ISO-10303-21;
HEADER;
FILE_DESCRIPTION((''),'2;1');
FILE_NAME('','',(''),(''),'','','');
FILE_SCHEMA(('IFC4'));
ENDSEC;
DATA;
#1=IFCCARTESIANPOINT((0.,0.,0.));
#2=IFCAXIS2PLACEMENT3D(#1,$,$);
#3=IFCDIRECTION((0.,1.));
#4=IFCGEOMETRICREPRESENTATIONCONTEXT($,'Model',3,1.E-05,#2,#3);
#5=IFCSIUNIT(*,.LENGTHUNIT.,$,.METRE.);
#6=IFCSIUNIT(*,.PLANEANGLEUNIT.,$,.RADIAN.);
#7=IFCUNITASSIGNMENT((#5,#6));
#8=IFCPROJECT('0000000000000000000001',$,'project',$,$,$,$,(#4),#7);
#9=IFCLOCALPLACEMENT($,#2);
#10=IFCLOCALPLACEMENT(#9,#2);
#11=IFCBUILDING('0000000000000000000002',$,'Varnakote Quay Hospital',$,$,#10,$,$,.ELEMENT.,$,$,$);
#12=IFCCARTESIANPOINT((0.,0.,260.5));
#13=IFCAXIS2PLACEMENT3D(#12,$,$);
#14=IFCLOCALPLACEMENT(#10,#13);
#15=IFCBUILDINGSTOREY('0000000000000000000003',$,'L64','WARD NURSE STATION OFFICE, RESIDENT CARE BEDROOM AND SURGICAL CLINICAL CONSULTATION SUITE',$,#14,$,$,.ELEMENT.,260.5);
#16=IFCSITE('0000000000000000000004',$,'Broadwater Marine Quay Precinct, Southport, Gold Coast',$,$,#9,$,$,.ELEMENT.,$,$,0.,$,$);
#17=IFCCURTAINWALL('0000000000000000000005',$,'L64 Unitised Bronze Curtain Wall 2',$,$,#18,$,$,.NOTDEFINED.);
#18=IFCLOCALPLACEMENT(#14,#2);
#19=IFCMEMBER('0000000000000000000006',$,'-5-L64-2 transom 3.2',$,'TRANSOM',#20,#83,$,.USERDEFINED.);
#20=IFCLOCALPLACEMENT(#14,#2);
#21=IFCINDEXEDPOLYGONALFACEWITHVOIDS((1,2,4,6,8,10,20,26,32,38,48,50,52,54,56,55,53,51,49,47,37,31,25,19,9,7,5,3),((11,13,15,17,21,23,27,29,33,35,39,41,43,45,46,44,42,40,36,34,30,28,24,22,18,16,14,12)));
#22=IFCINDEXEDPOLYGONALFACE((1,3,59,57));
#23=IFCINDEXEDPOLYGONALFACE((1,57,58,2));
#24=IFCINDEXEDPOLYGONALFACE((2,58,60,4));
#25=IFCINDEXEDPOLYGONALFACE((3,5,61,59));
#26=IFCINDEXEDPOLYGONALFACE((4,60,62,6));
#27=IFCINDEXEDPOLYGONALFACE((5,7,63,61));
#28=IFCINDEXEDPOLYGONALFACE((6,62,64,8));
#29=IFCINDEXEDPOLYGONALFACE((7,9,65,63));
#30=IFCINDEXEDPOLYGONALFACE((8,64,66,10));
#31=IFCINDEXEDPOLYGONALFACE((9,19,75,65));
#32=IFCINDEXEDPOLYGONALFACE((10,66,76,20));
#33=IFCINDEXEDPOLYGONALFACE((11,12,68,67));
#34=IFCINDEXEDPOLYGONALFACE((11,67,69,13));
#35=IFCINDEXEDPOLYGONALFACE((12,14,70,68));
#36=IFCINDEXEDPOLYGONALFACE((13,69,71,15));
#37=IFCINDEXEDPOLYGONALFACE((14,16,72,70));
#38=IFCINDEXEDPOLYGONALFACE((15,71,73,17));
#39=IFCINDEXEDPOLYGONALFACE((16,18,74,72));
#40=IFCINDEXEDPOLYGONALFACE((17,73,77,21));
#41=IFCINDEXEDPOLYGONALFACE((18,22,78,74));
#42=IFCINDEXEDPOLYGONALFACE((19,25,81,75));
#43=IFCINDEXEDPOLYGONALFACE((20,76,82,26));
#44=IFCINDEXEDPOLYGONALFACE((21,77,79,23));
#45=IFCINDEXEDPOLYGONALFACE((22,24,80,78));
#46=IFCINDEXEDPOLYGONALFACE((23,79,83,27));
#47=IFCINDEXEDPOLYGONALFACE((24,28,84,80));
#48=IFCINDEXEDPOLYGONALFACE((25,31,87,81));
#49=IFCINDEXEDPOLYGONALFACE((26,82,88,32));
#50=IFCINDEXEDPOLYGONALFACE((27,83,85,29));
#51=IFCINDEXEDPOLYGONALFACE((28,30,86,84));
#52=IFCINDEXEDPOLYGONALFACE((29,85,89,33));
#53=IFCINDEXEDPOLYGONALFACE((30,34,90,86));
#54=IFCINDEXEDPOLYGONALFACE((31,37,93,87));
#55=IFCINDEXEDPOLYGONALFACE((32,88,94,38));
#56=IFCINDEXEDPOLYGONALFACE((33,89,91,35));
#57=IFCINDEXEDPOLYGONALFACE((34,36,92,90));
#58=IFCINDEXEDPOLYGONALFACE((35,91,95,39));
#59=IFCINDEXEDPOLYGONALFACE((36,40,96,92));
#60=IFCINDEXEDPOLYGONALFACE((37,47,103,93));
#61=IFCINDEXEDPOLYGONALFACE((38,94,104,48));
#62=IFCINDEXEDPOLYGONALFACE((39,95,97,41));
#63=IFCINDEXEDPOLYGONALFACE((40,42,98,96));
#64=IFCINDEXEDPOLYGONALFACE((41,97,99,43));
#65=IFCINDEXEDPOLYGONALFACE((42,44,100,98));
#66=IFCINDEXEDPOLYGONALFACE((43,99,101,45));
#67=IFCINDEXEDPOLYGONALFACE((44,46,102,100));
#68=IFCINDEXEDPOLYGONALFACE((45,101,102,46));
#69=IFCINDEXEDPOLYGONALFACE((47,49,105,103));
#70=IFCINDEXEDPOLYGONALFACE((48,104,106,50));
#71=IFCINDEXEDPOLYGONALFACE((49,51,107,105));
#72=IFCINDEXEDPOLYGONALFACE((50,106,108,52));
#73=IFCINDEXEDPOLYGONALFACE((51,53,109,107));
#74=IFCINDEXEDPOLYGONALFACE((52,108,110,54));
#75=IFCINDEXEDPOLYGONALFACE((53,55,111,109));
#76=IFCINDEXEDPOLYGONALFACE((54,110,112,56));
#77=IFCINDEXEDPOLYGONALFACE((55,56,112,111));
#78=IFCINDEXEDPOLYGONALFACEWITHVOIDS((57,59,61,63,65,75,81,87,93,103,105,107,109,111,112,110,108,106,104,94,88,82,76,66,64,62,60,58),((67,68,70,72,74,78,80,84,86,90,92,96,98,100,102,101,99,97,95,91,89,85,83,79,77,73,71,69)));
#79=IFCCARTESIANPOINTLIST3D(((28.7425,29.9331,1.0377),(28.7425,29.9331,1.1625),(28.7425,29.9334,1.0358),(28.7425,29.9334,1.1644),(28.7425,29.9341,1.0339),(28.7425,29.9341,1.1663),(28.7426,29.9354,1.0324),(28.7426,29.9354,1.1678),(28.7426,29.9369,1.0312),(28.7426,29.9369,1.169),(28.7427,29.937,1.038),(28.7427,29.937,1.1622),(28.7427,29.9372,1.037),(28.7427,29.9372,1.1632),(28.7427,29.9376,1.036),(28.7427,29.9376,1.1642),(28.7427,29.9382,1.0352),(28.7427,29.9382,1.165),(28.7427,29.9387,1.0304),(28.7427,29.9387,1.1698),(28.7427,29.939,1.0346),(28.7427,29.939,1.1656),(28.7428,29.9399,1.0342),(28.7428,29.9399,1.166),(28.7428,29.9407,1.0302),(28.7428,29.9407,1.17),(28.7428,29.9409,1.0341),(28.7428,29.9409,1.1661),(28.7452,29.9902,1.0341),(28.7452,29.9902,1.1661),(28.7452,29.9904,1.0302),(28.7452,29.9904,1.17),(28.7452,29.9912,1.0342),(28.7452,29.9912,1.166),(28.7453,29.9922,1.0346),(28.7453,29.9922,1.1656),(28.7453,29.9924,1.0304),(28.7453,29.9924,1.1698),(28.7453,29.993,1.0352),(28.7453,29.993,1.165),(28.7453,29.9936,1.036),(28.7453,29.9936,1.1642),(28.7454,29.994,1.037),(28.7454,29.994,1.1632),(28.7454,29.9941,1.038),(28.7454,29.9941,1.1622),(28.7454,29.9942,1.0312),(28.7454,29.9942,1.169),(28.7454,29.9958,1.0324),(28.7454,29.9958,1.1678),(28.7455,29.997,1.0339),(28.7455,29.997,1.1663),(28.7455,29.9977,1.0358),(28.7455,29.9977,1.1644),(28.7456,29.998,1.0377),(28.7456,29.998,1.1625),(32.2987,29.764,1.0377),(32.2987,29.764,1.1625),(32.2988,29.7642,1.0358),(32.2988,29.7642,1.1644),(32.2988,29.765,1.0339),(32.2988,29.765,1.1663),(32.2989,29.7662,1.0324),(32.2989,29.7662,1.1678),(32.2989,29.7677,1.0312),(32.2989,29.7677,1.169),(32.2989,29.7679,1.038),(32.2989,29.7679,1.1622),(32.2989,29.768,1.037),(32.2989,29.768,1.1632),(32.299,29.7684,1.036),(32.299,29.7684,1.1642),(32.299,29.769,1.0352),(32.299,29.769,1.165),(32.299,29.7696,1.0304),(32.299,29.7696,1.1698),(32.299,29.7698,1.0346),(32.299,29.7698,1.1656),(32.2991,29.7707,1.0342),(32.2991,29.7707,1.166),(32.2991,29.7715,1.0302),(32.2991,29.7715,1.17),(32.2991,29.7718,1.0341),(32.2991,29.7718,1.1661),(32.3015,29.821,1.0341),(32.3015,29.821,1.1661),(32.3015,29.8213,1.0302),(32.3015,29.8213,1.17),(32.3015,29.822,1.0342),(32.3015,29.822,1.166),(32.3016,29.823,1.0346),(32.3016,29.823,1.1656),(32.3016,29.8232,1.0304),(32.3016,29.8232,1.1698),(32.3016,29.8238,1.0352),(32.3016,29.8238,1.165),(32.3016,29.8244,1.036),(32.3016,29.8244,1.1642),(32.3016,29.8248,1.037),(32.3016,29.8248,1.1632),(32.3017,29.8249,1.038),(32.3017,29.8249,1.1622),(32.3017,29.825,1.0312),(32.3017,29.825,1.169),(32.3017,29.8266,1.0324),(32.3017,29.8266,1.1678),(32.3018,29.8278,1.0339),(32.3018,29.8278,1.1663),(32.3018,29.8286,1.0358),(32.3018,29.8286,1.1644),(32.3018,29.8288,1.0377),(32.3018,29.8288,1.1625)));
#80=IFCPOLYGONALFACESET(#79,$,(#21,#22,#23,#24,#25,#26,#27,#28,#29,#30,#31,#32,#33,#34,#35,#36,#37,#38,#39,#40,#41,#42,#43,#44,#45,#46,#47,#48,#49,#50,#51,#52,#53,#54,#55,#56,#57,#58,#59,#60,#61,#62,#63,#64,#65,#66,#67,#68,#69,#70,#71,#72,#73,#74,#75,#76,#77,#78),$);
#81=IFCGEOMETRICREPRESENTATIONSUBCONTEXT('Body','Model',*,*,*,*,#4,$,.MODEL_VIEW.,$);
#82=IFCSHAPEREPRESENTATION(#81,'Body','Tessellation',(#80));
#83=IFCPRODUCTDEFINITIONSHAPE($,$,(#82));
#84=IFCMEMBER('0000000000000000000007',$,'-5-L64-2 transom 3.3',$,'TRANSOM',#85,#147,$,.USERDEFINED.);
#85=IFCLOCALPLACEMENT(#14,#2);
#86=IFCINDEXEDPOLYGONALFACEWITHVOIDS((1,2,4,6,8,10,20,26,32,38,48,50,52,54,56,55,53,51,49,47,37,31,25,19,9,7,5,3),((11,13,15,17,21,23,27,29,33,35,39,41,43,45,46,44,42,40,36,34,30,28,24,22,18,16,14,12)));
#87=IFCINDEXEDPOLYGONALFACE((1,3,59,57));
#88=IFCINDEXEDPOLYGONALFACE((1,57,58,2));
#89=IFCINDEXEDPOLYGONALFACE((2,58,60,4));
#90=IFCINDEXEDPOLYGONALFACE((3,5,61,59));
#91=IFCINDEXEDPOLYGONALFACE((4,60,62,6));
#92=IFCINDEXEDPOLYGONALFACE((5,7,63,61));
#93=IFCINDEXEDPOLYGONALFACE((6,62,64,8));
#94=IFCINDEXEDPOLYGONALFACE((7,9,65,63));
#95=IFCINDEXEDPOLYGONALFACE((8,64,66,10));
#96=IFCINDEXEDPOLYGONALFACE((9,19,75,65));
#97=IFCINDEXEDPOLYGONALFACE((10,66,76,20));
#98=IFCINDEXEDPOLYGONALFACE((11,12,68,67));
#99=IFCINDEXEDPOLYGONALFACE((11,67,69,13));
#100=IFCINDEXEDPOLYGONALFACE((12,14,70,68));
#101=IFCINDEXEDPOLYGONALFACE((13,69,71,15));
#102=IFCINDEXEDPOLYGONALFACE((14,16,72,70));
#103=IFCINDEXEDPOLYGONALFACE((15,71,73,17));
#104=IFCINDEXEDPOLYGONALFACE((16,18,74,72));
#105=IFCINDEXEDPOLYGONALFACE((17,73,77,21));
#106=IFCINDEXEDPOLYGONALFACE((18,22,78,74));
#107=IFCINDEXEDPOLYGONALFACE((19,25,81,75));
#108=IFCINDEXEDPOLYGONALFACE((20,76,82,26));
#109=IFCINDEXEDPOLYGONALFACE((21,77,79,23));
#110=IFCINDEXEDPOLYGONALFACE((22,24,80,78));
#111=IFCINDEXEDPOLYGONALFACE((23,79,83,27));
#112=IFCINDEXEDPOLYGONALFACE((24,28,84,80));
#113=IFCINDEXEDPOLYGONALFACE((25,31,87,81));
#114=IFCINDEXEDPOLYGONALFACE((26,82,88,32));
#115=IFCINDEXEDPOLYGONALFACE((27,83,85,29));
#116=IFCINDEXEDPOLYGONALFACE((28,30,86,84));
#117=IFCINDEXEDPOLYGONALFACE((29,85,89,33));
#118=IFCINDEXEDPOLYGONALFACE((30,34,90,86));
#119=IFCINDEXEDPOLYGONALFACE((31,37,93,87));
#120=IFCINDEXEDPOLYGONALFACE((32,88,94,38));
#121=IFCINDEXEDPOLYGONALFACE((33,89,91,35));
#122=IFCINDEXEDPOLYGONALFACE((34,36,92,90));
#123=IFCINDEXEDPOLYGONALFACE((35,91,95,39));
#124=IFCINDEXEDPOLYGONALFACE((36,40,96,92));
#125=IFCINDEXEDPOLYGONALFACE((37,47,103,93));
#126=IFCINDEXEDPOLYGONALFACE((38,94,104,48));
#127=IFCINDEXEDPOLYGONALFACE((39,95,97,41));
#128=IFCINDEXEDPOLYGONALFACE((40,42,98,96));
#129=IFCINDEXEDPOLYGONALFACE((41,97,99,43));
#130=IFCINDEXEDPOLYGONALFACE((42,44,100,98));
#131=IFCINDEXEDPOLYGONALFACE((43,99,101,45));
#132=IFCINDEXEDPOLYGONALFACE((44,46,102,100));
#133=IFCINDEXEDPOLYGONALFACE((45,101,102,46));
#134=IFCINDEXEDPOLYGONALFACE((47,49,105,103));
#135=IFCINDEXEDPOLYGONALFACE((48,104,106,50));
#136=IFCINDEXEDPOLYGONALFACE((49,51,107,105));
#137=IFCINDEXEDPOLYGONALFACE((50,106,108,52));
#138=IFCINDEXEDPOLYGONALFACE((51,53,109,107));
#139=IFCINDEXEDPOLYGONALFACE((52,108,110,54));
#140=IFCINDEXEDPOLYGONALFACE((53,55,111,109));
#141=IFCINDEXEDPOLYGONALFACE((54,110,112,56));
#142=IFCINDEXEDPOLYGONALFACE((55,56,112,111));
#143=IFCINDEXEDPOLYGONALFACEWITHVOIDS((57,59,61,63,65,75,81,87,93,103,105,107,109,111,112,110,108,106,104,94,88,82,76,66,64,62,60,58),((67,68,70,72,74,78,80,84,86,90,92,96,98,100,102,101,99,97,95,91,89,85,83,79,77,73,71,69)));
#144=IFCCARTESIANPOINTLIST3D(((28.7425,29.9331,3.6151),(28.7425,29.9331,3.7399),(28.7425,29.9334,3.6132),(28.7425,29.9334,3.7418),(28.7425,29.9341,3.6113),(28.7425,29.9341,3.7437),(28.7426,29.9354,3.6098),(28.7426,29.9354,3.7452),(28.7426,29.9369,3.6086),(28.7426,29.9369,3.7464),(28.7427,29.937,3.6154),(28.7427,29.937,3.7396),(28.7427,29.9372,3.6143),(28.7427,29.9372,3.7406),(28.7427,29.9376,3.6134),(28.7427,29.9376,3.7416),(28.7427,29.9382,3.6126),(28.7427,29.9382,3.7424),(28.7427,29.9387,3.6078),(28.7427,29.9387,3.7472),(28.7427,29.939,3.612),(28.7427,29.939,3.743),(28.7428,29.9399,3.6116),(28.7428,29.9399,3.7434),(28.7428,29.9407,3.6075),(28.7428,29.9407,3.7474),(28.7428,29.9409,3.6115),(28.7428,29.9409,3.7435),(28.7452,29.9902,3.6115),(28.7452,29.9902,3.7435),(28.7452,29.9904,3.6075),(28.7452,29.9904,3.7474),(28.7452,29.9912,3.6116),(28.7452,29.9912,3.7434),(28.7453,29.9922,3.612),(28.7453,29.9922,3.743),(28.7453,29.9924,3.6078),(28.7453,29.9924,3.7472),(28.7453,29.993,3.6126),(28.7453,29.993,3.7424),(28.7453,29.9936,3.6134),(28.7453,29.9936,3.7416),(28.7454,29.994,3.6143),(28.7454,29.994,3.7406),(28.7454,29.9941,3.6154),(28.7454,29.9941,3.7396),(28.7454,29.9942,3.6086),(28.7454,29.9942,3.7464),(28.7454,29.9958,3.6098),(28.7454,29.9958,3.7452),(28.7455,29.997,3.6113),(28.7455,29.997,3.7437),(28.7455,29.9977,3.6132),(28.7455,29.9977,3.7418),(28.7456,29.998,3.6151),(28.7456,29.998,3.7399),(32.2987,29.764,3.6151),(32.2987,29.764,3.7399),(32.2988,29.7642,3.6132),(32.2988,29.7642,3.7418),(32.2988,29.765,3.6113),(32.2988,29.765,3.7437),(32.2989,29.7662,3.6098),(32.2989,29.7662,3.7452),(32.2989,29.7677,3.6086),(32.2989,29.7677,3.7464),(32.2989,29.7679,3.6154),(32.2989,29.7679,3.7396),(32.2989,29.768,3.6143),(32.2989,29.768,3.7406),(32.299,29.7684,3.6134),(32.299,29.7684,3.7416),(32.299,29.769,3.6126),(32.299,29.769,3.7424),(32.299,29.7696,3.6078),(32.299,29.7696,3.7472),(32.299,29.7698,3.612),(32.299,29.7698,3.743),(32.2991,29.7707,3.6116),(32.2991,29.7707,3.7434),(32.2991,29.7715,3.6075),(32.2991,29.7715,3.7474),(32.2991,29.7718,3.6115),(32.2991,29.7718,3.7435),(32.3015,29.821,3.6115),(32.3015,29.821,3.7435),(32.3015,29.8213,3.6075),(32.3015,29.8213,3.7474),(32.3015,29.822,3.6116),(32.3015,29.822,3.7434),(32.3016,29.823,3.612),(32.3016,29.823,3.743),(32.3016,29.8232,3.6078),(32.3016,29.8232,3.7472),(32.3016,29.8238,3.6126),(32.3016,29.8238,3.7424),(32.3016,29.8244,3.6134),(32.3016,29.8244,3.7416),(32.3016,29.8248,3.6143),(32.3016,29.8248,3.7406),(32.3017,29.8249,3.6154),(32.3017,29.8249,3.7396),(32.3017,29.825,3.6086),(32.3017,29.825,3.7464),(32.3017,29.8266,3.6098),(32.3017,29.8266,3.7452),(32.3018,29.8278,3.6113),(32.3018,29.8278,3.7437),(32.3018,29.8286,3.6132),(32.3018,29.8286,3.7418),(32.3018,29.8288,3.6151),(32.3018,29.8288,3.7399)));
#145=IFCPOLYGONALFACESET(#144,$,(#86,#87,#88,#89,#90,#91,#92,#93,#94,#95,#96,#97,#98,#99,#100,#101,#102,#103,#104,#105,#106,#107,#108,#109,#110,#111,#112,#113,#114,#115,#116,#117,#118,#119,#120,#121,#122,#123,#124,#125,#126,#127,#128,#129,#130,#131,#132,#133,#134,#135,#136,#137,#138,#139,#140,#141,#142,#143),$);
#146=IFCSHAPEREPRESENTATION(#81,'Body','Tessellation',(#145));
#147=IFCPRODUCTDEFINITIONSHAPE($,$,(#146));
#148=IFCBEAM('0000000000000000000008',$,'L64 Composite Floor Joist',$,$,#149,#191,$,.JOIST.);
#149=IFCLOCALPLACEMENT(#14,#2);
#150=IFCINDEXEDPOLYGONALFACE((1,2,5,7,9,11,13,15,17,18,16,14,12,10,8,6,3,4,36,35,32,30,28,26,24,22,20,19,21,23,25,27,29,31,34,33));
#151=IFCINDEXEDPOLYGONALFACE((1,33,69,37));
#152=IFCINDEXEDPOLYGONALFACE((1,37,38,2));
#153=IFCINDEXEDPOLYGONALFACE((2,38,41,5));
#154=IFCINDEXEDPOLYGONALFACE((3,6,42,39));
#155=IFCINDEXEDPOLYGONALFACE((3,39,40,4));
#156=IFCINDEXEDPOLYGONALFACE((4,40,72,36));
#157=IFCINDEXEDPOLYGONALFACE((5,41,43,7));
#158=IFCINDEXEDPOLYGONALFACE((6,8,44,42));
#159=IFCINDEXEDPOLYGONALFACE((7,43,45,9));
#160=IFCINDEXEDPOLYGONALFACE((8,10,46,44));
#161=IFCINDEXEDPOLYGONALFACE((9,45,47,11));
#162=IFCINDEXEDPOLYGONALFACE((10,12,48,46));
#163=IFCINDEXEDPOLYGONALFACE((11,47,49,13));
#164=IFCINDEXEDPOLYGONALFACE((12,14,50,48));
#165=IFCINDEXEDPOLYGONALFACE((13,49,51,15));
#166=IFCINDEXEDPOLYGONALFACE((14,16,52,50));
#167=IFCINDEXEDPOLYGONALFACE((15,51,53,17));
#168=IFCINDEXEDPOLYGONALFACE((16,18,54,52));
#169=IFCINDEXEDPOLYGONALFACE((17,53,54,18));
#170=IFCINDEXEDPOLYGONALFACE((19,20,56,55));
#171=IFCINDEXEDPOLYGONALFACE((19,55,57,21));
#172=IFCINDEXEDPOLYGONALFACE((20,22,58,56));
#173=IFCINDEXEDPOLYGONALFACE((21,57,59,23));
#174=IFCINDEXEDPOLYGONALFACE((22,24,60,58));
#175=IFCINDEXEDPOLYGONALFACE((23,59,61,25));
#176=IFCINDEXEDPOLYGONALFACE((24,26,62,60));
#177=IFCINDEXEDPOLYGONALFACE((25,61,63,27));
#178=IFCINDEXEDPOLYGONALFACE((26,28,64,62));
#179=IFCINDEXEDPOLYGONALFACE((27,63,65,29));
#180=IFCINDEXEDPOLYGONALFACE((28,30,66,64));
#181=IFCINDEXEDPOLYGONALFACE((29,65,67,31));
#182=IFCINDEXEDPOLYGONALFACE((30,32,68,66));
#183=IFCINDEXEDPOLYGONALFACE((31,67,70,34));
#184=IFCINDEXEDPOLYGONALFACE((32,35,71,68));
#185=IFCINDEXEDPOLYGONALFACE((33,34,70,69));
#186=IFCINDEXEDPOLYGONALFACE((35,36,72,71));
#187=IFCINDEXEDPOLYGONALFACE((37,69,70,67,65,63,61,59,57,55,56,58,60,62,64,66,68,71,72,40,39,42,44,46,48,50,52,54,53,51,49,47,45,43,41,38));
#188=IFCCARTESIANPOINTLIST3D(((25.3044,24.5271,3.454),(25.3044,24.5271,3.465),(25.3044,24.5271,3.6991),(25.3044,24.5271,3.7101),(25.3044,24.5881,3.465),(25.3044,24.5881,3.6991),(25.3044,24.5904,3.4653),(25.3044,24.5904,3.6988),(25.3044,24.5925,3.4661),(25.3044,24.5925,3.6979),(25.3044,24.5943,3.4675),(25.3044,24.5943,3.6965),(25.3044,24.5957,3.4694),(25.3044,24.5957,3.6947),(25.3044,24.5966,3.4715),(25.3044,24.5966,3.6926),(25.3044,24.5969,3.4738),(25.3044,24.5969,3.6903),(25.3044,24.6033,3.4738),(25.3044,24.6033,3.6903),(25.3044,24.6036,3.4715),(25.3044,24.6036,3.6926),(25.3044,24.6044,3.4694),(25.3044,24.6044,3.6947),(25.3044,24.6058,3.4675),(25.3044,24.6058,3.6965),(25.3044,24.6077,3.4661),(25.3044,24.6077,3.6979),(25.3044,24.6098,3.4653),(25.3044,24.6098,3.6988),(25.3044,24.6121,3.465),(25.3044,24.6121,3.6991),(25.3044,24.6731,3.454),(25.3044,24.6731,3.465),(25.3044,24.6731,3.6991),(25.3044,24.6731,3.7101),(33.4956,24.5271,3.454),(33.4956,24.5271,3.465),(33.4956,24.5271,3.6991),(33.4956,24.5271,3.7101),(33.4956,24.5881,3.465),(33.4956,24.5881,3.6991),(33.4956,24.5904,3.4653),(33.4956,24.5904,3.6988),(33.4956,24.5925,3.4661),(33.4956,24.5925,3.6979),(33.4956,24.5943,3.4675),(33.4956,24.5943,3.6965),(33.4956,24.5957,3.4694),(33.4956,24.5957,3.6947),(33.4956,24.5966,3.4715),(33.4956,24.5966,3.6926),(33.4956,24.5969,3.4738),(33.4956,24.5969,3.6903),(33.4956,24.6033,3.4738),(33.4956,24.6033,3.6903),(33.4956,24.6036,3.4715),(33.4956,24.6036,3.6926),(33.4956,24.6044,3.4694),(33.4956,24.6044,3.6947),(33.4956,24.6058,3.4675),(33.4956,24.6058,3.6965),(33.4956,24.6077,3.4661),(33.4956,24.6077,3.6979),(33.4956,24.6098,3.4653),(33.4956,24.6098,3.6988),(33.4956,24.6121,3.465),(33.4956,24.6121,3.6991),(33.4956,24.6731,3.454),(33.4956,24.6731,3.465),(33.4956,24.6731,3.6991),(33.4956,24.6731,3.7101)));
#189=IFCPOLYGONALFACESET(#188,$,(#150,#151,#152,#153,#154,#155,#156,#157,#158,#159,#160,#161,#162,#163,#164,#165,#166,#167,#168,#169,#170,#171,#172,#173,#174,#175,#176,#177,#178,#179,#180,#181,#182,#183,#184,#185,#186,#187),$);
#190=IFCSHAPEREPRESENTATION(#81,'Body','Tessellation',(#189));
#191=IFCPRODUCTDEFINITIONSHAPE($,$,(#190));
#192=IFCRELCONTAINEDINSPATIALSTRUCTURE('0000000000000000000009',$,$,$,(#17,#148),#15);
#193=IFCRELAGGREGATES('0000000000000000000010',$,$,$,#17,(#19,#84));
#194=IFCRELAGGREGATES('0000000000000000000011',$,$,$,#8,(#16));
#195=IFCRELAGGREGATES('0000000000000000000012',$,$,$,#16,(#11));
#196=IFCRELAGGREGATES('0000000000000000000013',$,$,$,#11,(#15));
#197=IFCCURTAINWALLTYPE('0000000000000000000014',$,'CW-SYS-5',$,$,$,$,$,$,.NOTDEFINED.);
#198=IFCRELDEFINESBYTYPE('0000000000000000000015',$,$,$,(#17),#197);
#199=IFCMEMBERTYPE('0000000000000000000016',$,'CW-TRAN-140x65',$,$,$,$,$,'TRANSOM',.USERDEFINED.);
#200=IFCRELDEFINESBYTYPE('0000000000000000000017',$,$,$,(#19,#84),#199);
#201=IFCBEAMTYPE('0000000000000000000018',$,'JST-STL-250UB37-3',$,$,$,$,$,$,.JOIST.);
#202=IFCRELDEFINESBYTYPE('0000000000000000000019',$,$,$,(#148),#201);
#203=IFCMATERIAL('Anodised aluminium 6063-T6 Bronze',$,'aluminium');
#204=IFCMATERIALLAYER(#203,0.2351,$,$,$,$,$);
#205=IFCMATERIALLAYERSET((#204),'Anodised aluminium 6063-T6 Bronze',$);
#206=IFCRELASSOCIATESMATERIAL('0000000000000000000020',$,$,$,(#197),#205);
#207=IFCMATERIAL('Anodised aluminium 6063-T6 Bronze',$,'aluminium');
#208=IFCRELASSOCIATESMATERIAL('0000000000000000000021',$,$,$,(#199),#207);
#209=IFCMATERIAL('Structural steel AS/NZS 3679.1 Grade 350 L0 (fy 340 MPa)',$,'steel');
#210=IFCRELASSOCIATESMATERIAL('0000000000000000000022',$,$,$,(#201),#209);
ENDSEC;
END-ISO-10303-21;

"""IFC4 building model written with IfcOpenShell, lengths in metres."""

from ifc_helpers import new_model, si_unit, direction, frame, origin, origin_2d, place, context, subcontext, project, spatial, hollow_rectangle, i_section, extrude, material, layer, layer_set, material_profile, profile_set, type_object, element, aggregate, save


model = new_model("IFC4")

# Units and contexts
model_context = context("Model", 3, precision=1e-05, world=origin(), true_north=direction((0.0, 1.0)))
body_context = subcontext(model_context, "Body", "Model", "MODEL_VIEW")
ifc_project = project(units=[si_unit("LENGTHUNIT", "METRE"), si_unit("PLANEANGLEUNIT", "RADIAN")], contexts=[model_context])

# Site, building, storey
site_placement = place(None, origin())
site = spatial("IfcSite", under=ifc_project, at=site_placement, Name="Broadwater Marine Quay Precinct, Southport, Gold Coast", CompositionType="ELEMENT", RefElevation=0.0)
building_placement = place(site_placement, origin())
building = spatial("IfcBuilding", under=site, at=building_placement, Name="Varnakote Quay Hospital", CompositionType="ELEMENT")
storey_placement = place(building_placement, frame((0.0, 0.0, 260.5)))
storey = spatial("IfcBuildingStorey", under=building, at=storey_placement, Name="L64", Description="WARD NURSE STATION OFFICE, RESIDENT CARE BEDROOM AND SURGICAL CLINICAL CONSULTATION SUITE", CompositionType="ELEMENT", Elevation=260.5)

# Curtain wall, members
ifc_material_1 = material(Name="Anodised aluminium 6063-T6 Bronze", Category="aluminium")
ifc_layer_1 = layer(ifc_material_1, 0.2351)
ifc_layer_set_1 = layer_set([ifc_layer_1], Name="Anodised aluminium 6063-T6 Bronze")
curtain_wall_type = type_object("IfcCurtainWallType", Name="CW-SYS-5", PredefinedType="NOTDEFINED", material=ifc_layer_set_1)
curtain_wall_placement = place(storey_placement, origin())
curtain_wall = element("IfcCurtainWall", 1, at=curtain_wall_placement, inside=storey, type_object=curtain_wall_type, Name="L64 Unitised Bronze Curtain Wall 2", PredefinedType="NOTDEFINED")
ifc_material_2 = material(Name="Anodised aluminium 6063-T6 Bronze", Category="aluminium")
ifc_material_profile_1 = material_profile(ifc_material_2, hollow_rectangle(XDim=0.0649, YDim=0.1399, WallThickness=0.0039, InnerFilletRadius=0.0039, OuterFilletRadius=0.0076, at=origin_2d()), Name="CW-TRAN-140x65")
ifc_profile_set_1 = profile_set([ifc_material_profile_1], Name="Anodised aluminium 6063-T6 Bronze")
member_type_1 = type_object("IfcMemberType", Name="CW-TRAN-140x65", ElementType="TRANSOM", PredefinedType="USERDEFINED", material=ifc_profile_set_1)
member_1_placement = place(storey_placement, frame((32.3003, 29.7964, 1.1001), z_axis=(-0.99887, 0.04752, 0.0), x_axis=(-0.04752, -0.99887, 0.0)))
member_1 = element("IfcMember", 2, at=member_1_placement, type_object=member_type_1, Name="-5-L64-2 transom 3.2", ObjectType="TRANSOM", PredefinedType="USERDEFINED", context=body_context, shape_type="SweptSolid", body=[
    extrude(hollow_rectangle(XDim=0.0649, YDim=0.1399, WallThickness=0.0039, InnerFilletRadius=0.0039, OuterFilletRadius=0.0076, at=origin_2d()), origin(), (0.0, 0.0, 1.0), 3.5603),
])
member_2_placement = place(storey_placement, frame((32.3003, 29.7964, 3.6775), z_axis=(-0.99887, 0.04752, 0.0), x_axis=(-0.04752, -0.99887, 0.0)))
member_2 = element("IfcMember", 3, at=member_2_placement, type_object=member_type_1, Name="-5-L64-2 transom 3.3", ObjectType="TRANSOM", PredefinedType="USERDEFINED", context=body_context, shape_type="SweptSolid", body=[
    extrude(hollow_rectangle(XDim=0.0649, YDim=0.1399, WallThickness=0.0039, InnerFilletRadius=0.0039, OuterFilletRadius=0.0076, at=origin_2d()), origin(), (0.0, 0.0, 1.0), 3.5603),
])

# Beam
ifc_material_3 = material(Name="Structural steel AS/NZS 3679.1 Grade 350 L0 (fy 340 MPa)", Category="steel")
ifc_material_profile_2 = material_profile(ifc_material_3, i_section(OverallWidth=0.146, OverallDepth=0.2561, WebThickness=0.0063, FlangeThickness=0.011, FilletRadius=0.0088, at=origin_2d()), Name="250UB37.3")
ifc_profile_set_2 = profile_set([ifc_material_profile_2], Name="Structural steel AS/NZS 3679.1 Grade 350 L0 (fy 340 MPa)")
beam_type_1 = type_object("IfcBeamType", Name="JST-STL-250UB37-3", PredefinedType="JOIST", material=ifc_profile_set_2)
beam_1_placement = place(storey_placement, frame((25.3044, 24.6001, 3.582), z_axis=(1.0, 0.0, 0.0), x_axis=(0.0, 1.0, 0.0)))
element("IfcBeam", 4, at=beam_1_placement, inside=storey, type_object=beam_type_1, Name="L64 Composite Floor Joist", PredefinedType="JOIST", context=body_context, shape_type="SweptSolid", body=[
    extrude(i_section(OverallWidth=0.146, OverallDepth=0.2561, WebThickness=0.0063, FlangeThickness=0.011, FilletRadius=0.0088, at=origin_2d()), origin(), (0.0, 0.0, 1.0), 8.1912),
])

aggregate(curtain_wall, [member_1, member_2])

save(model, "model.ifc")
